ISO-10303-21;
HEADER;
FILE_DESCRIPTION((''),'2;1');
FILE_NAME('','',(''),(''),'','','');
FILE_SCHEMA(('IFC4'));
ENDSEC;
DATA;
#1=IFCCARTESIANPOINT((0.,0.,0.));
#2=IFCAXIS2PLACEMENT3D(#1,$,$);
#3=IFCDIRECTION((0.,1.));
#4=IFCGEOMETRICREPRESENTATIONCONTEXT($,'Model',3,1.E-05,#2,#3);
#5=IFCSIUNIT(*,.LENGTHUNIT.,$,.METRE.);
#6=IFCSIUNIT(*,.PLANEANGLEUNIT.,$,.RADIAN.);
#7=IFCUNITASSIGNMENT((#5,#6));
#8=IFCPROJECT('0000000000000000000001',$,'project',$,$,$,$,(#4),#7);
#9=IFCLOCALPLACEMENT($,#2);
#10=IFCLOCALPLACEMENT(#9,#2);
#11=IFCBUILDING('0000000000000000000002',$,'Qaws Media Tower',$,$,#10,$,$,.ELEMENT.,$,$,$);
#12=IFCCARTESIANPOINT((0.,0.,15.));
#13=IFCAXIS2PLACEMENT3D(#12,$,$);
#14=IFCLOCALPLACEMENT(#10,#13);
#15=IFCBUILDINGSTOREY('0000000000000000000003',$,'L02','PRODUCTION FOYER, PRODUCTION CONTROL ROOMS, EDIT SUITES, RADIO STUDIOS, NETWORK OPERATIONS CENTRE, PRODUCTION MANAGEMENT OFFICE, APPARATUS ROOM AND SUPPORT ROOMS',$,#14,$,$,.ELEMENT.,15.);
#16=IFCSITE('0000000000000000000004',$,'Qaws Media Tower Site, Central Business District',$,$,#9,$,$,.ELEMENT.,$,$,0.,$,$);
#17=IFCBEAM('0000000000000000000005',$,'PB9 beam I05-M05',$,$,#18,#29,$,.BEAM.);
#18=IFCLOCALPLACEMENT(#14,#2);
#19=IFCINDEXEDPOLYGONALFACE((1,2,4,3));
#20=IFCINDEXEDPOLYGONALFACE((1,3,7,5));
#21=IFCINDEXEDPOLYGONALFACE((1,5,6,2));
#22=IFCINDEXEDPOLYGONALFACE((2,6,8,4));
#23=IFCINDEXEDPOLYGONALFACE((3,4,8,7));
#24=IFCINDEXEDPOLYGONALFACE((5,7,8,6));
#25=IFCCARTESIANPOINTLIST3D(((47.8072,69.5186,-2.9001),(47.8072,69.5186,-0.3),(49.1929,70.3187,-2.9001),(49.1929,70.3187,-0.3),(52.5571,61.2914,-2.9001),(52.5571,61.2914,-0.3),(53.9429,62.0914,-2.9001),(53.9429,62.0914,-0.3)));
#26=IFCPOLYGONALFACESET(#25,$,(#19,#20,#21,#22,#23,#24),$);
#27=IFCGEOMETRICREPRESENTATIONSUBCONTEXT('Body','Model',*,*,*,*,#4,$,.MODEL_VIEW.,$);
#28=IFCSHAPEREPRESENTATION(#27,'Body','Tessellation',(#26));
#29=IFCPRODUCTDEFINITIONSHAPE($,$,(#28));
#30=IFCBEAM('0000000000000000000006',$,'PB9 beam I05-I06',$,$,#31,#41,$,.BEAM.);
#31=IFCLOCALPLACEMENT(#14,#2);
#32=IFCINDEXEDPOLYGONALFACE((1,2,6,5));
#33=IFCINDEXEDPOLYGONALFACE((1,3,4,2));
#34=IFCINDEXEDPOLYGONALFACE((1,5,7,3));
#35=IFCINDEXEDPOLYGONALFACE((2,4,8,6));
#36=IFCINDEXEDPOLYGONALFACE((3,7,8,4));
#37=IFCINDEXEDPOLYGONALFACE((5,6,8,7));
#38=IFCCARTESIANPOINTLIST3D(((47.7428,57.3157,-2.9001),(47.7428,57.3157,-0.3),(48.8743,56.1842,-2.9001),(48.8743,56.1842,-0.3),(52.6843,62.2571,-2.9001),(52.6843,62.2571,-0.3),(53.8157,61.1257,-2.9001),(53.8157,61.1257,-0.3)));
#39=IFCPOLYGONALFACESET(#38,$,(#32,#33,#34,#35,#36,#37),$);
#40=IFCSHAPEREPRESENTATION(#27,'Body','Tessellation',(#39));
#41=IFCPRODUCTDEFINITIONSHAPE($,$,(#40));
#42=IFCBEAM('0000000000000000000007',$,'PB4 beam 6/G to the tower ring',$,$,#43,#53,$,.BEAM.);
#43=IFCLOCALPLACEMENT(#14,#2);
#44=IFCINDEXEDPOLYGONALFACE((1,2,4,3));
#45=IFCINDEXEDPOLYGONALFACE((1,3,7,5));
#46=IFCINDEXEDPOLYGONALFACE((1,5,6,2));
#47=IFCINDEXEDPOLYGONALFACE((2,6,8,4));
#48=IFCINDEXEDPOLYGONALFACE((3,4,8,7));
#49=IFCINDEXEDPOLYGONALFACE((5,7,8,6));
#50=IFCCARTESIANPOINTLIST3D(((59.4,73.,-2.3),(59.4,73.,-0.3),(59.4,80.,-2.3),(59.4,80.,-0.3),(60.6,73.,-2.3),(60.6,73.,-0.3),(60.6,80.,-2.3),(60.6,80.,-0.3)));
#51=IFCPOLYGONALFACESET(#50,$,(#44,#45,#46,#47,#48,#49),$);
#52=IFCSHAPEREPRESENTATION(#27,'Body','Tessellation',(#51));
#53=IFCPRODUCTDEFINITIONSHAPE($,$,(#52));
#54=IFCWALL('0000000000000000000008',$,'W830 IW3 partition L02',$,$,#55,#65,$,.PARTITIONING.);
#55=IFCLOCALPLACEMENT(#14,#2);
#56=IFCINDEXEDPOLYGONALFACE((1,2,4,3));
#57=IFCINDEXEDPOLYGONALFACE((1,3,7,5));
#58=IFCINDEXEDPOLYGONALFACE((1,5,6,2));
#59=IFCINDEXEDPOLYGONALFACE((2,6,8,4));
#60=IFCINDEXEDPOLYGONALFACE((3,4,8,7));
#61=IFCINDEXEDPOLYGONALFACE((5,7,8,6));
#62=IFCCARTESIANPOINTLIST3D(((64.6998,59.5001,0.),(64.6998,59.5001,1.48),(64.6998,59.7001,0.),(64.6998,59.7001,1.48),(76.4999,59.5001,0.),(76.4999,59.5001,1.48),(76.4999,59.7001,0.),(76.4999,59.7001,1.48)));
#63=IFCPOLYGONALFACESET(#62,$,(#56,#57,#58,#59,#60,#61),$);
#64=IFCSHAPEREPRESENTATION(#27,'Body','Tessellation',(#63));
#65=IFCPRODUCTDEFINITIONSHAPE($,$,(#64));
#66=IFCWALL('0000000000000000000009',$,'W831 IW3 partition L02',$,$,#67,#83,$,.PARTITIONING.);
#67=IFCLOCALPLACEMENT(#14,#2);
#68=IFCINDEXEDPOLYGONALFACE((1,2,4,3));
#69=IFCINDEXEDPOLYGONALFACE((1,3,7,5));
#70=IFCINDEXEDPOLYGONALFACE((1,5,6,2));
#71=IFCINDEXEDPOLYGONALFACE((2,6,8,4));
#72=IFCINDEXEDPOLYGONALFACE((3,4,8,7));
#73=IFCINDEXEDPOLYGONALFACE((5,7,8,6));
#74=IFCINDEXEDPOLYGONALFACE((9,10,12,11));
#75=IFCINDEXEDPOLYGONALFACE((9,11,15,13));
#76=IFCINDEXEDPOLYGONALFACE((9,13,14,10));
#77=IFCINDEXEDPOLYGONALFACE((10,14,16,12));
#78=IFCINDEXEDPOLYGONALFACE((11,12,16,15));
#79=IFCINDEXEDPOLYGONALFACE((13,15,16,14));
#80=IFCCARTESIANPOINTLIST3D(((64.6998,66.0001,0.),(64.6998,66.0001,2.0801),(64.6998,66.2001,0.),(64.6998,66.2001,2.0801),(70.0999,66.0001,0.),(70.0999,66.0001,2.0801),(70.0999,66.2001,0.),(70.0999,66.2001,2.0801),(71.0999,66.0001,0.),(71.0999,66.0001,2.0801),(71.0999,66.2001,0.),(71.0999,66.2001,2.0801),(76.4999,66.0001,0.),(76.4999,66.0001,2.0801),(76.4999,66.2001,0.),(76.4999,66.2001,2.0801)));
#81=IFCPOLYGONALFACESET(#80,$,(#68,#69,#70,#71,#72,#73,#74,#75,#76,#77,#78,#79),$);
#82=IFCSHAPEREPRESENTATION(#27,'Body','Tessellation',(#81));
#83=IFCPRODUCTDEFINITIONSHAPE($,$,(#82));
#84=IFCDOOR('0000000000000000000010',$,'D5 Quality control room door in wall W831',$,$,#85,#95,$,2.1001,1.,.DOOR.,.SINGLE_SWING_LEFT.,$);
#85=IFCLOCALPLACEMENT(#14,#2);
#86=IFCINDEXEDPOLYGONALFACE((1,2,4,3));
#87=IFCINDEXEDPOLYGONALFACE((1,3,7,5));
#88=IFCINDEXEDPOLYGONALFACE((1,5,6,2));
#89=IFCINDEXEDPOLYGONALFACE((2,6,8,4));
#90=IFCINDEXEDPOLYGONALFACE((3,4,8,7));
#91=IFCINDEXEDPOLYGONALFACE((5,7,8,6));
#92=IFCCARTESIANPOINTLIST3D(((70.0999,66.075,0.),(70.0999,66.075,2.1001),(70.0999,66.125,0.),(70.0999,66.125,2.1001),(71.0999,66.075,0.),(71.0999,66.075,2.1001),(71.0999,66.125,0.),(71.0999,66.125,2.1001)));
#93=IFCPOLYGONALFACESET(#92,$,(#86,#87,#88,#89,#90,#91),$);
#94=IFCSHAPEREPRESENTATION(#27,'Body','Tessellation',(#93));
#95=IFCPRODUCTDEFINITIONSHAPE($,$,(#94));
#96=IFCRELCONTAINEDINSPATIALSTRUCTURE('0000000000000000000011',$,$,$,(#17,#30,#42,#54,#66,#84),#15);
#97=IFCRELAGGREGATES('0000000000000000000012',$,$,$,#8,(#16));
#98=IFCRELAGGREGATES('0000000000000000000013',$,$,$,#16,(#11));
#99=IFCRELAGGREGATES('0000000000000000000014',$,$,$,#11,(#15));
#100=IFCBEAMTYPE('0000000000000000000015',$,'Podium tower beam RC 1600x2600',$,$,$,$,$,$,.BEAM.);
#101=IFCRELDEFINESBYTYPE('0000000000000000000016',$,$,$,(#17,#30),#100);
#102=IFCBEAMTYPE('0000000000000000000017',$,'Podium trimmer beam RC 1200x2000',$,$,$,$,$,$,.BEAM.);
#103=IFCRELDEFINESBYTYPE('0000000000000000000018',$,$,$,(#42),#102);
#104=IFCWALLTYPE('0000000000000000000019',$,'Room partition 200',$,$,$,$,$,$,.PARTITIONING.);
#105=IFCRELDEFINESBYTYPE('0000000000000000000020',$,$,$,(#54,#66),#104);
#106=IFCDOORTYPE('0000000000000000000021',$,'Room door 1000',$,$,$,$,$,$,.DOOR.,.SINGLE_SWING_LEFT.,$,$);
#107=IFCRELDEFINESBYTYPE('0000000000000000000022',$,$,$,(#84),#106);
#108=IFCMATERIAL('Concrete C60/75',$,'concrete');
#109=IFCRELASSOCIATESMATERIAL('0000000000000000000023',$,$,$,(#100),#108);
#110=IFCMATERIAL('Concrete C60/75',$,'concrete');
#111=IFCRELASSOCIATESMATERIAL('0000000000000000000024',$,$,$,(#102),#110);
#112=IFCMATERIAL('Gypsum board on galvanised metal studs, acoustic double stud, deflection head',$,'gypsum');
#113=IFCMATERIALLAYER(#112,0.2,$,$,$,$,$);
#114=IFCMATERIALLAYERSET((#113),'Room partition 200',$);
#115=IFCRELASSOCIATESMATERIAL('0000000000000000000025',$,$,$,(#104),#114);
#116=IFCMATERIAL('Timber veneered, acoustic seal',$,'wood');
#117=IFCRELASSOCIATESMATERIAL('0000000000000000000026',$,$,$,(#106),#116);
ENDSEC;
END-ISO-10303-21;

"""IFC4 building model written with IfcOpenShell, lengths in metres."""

from ifc_helpers import new_model, si_unit, direction, frame, frame_2d, origin, origin_2d, place, context, subcontext, project, spatial, rectangle, extrude, material, layer, layer_set, material_profile, profile_set, type_object, element, fill, save


model = new_model("IFC4")

# Units and contexts
model_context = context("Model", 3, precision=1e-05, world=origin(), true_north=direction((0.0, 1.0)))
body_context = subcontext(model_context, "Body", "Model", "MODEL_VIEW")
ifc_project = project(units=[si_unit("LENGTHUNIT", "METRE"), si_unit("PLANEANGLEUNIT", "RADIAN")], contexts=[model_context])

# Site, building, storey
site_placement = place(None, origin())
site = spatial("IfcSite", under=ifc_project, at=site_placement, Name="Qaws Media Tower Site, Central Business District", CompositionType="ELEMENT", RefElevation=0.0)
building_placement = place(site_placement, origin())
building = spatial("IfcBuilding", under=site, at=building_placement, Name="Qaws Media Tower", CompositionType="ELEMENT")
storey_placement = place(building_placement, frame((0.0, 0.0, 15.0)))
storey = spatial("IfcBuildingStorey", under=building, at=storey_placement, Name="L02", Description="PRODUCTION FOYER, PRODUCTION CONTROL ROOMS, EDIT SUITES, RADIO STUDIOS, NETWORK OPERATIONS CENTRE, PRODUCTION MANAGEMENT OFFICE, APPARATUS ROOM AND SUPPORT ROOMS", CompositionType="ELEMENT", Elevation=15.0)

# Beams
ifc_material_1 = material(Name="Concrete C60/75", Category="concrete")
ifc_material_profile_1 = material_profile(ifc_material_1, rectangle(XDim=1.6001, YDim=2.6001, at=origin_2d()), Name="RC 1600x2600")
ifc_profile_set_1 = profile_set([ifc_material_profile_1], Name="Concrete C60/75")
beam_type_1 = type_object("IfcBeamType", Name="Podium tower beam RC 1600x2600", PredefinedType="BEAM", material=ifc_profile_set_1)
beam_1_placement = place(storey_placement, frame((53.25, 61.6914, -1.6001), z_axis=(-0.499998, 0.866027, 0.0), x_axis=(-0.866027, -0.499998, 0.0)))
element("IfcBeam", 1, at=beam_1_placement, inside=storey, type_object=beam_type_1, Name="PB9 beam I05-M05", PredefinedType="BEAM", context=body_context, shape_type="SweptSolid", body=[
    extrude(rectangle(XDim=1.6001, YDim=2.6001, at=origin_2d()), origin(), (0.0, 0.0, 1.0), 9.5),
])
beam_2_placement = place(storey_placement, frame((53.25, 61.6914, -1.6001), z_axis=(-0.707107, -0.707107, 0.0), x_axis=(0.707107, -0.707107, 0.0)))
element("IfcBeam", 2, at=beam_2_placement, inside=storey, type_object=beam_type_1, Name="PB9 beam I05-I06", PredefinedType="BEAM", context=body_context, shape_type="SweptSolid", body=[
    extrude(rectangle(XDim=1.6001, YDim=2.6001, at=origin_2d()), origin(), (0.0, 0.0, 1.0), 6.9883),
])
ifc_material_2 = material(Name="Concrete C60/75", Category="concrete")
ifc_material_profile_2 = material_profile(ifc_material_2, rectangle(XDim=1.2, YDim=2.0, at=origin_2d()), Name="RC 1200x2000")
ifc_profile_set_2 = profile_set([ifc_material_profile_2], Name="Concrete C60/75")
beam_type_2 = type_object("IfcBeamType", Name="Podium trimmer beam RC 1200x2000", PredefinedType="BEAM", material=ifc_profile_set_2)
beam_3_placement = place(storey_placement, frame((60.0, 80.0, -1.3), z_axis=(0.0, -1.0, 0.0), x_axis=(1.0, 0.0, 0.0)))
element("IfcBeam", 3, at=beam_3_placement, inside=storey, type_object=beam_type_2, Name="PB4 beam 6/G to the tower ring", PredefinedType="BEAM", context=body_context, shape_type="SweptSolid", body=[
    extrude(rectangle(XDim=1.2, YDim=2.0, at=origin_2d()), origin(), (0.0, 0.0, 1.0), 7.0),
])

# Wall
ifc_material_3 = material(Name="Gypsum board on galvanised metal studs, acoustic double stud, deflection head", Category="gypsum")
ifc_layer = layer(ifc_material_3, 0.2)
ifc_layer_set = layer_set([ifc_layer], Name="Room partition 200")
wall_type = type_object("IfcWallType", Name="Room partition 200", PredefinedType="PARTITIONING", material=ifc_layer_set)
wall_1_placement = place(storey_placement, frame((64.7, 59.6001, 0.0), z_axis=(0.0, 0.0, 1.0), x_axis=(1.0, 0.0, 0.0)))
element("IfcWall", 4, at=wall_1_placement, inside=storey, type_object=wall_type, Name="W830 IW3 partition L02", PredefinedType="PARTITIONING", context=body_context, shape_type="SweptSolid", body=[
    extrude(rectangle(XDim=11.8, YDim=0.2, at=frame_2d((5.8999, 0.0))), origin(), (0.0, 0.0, 1.0), 1.48),
])

# Wall, opening, door
wall_2_placement = place(storey_placement, frame((64.7, 66.1001, 0.0), z_axis=(0.0, 0.0, 1.0), x_axis=(1.0, 0.0, 0.0)))
wall_2 = element("IfcWall", 5, at=wall_2_placement, inside=storey, type_object=wall_type, Name="W831 IW3 partition L02", PredefinedType="PARTITIONING", context=body_context, shape_type="SweptSolid", body=[
    extrude(rectangle(XDim=11.8, YDim=0.2, at=frame_2d((5.8999, 0.0))), origin(), (0.0, 0.0, 1.0), 2.0801),
])
opening_placement = place(wall_2_placement, frame((5.3999, 0.0, 0.0)))
opening = element("IfcOpeningElement", 6, at=opening_placement, cuts=wall_2, PredefinedType="OPENING", context=body_context, shape_type="SweptSolid", body=[
    extrude(rectangle(XDim=1.0, YDim=2.1001, at=frame_2d((0.5, 1.05))), frame((0.0, 0.1099, 0.0), z_axis=(0.0, -1.0, 0.0), x_axis=(1.0, 0.0, 0.0)), (0.0, 0.0, 1.0), 0.22),
])
ifc_material_4 = material(Name="Timber veneered, acoustic seal", Category="wood")
door_type = type_object("IfcDoorType", Name="Room door 1000", OperationType="SINGLE_SWING_LEFT", PredefinedType="DOOR", material=ifc_material_4)
door_placement = place(opening_placement, origin())
door = element("IfcDoor", 7, at=door_placement, inside=storey, type_object=door_type, Name="D5 Quality control room door in wall W831", OperationType="SINGLE_SWING_LEFT", OverallHeight=2.1001, OverallWidth=1.0, PredefinedType="DOOR", context=body_context, shape_type="SweptSolid", body=[
    extrude(rectangle(XDim=1.0, YDim=2.1001, at=frame_2d((0.5, 1.05))), frame((0.0, 0.0249, 0.0), z_axis=(0.0, -1.0, 0.0), x_axis=(1.0, 0.0, 0.0)), (0.0, 0.0, 1.0), 0.05),
])
fill(opening, door)

save(model, "model.ifc")
